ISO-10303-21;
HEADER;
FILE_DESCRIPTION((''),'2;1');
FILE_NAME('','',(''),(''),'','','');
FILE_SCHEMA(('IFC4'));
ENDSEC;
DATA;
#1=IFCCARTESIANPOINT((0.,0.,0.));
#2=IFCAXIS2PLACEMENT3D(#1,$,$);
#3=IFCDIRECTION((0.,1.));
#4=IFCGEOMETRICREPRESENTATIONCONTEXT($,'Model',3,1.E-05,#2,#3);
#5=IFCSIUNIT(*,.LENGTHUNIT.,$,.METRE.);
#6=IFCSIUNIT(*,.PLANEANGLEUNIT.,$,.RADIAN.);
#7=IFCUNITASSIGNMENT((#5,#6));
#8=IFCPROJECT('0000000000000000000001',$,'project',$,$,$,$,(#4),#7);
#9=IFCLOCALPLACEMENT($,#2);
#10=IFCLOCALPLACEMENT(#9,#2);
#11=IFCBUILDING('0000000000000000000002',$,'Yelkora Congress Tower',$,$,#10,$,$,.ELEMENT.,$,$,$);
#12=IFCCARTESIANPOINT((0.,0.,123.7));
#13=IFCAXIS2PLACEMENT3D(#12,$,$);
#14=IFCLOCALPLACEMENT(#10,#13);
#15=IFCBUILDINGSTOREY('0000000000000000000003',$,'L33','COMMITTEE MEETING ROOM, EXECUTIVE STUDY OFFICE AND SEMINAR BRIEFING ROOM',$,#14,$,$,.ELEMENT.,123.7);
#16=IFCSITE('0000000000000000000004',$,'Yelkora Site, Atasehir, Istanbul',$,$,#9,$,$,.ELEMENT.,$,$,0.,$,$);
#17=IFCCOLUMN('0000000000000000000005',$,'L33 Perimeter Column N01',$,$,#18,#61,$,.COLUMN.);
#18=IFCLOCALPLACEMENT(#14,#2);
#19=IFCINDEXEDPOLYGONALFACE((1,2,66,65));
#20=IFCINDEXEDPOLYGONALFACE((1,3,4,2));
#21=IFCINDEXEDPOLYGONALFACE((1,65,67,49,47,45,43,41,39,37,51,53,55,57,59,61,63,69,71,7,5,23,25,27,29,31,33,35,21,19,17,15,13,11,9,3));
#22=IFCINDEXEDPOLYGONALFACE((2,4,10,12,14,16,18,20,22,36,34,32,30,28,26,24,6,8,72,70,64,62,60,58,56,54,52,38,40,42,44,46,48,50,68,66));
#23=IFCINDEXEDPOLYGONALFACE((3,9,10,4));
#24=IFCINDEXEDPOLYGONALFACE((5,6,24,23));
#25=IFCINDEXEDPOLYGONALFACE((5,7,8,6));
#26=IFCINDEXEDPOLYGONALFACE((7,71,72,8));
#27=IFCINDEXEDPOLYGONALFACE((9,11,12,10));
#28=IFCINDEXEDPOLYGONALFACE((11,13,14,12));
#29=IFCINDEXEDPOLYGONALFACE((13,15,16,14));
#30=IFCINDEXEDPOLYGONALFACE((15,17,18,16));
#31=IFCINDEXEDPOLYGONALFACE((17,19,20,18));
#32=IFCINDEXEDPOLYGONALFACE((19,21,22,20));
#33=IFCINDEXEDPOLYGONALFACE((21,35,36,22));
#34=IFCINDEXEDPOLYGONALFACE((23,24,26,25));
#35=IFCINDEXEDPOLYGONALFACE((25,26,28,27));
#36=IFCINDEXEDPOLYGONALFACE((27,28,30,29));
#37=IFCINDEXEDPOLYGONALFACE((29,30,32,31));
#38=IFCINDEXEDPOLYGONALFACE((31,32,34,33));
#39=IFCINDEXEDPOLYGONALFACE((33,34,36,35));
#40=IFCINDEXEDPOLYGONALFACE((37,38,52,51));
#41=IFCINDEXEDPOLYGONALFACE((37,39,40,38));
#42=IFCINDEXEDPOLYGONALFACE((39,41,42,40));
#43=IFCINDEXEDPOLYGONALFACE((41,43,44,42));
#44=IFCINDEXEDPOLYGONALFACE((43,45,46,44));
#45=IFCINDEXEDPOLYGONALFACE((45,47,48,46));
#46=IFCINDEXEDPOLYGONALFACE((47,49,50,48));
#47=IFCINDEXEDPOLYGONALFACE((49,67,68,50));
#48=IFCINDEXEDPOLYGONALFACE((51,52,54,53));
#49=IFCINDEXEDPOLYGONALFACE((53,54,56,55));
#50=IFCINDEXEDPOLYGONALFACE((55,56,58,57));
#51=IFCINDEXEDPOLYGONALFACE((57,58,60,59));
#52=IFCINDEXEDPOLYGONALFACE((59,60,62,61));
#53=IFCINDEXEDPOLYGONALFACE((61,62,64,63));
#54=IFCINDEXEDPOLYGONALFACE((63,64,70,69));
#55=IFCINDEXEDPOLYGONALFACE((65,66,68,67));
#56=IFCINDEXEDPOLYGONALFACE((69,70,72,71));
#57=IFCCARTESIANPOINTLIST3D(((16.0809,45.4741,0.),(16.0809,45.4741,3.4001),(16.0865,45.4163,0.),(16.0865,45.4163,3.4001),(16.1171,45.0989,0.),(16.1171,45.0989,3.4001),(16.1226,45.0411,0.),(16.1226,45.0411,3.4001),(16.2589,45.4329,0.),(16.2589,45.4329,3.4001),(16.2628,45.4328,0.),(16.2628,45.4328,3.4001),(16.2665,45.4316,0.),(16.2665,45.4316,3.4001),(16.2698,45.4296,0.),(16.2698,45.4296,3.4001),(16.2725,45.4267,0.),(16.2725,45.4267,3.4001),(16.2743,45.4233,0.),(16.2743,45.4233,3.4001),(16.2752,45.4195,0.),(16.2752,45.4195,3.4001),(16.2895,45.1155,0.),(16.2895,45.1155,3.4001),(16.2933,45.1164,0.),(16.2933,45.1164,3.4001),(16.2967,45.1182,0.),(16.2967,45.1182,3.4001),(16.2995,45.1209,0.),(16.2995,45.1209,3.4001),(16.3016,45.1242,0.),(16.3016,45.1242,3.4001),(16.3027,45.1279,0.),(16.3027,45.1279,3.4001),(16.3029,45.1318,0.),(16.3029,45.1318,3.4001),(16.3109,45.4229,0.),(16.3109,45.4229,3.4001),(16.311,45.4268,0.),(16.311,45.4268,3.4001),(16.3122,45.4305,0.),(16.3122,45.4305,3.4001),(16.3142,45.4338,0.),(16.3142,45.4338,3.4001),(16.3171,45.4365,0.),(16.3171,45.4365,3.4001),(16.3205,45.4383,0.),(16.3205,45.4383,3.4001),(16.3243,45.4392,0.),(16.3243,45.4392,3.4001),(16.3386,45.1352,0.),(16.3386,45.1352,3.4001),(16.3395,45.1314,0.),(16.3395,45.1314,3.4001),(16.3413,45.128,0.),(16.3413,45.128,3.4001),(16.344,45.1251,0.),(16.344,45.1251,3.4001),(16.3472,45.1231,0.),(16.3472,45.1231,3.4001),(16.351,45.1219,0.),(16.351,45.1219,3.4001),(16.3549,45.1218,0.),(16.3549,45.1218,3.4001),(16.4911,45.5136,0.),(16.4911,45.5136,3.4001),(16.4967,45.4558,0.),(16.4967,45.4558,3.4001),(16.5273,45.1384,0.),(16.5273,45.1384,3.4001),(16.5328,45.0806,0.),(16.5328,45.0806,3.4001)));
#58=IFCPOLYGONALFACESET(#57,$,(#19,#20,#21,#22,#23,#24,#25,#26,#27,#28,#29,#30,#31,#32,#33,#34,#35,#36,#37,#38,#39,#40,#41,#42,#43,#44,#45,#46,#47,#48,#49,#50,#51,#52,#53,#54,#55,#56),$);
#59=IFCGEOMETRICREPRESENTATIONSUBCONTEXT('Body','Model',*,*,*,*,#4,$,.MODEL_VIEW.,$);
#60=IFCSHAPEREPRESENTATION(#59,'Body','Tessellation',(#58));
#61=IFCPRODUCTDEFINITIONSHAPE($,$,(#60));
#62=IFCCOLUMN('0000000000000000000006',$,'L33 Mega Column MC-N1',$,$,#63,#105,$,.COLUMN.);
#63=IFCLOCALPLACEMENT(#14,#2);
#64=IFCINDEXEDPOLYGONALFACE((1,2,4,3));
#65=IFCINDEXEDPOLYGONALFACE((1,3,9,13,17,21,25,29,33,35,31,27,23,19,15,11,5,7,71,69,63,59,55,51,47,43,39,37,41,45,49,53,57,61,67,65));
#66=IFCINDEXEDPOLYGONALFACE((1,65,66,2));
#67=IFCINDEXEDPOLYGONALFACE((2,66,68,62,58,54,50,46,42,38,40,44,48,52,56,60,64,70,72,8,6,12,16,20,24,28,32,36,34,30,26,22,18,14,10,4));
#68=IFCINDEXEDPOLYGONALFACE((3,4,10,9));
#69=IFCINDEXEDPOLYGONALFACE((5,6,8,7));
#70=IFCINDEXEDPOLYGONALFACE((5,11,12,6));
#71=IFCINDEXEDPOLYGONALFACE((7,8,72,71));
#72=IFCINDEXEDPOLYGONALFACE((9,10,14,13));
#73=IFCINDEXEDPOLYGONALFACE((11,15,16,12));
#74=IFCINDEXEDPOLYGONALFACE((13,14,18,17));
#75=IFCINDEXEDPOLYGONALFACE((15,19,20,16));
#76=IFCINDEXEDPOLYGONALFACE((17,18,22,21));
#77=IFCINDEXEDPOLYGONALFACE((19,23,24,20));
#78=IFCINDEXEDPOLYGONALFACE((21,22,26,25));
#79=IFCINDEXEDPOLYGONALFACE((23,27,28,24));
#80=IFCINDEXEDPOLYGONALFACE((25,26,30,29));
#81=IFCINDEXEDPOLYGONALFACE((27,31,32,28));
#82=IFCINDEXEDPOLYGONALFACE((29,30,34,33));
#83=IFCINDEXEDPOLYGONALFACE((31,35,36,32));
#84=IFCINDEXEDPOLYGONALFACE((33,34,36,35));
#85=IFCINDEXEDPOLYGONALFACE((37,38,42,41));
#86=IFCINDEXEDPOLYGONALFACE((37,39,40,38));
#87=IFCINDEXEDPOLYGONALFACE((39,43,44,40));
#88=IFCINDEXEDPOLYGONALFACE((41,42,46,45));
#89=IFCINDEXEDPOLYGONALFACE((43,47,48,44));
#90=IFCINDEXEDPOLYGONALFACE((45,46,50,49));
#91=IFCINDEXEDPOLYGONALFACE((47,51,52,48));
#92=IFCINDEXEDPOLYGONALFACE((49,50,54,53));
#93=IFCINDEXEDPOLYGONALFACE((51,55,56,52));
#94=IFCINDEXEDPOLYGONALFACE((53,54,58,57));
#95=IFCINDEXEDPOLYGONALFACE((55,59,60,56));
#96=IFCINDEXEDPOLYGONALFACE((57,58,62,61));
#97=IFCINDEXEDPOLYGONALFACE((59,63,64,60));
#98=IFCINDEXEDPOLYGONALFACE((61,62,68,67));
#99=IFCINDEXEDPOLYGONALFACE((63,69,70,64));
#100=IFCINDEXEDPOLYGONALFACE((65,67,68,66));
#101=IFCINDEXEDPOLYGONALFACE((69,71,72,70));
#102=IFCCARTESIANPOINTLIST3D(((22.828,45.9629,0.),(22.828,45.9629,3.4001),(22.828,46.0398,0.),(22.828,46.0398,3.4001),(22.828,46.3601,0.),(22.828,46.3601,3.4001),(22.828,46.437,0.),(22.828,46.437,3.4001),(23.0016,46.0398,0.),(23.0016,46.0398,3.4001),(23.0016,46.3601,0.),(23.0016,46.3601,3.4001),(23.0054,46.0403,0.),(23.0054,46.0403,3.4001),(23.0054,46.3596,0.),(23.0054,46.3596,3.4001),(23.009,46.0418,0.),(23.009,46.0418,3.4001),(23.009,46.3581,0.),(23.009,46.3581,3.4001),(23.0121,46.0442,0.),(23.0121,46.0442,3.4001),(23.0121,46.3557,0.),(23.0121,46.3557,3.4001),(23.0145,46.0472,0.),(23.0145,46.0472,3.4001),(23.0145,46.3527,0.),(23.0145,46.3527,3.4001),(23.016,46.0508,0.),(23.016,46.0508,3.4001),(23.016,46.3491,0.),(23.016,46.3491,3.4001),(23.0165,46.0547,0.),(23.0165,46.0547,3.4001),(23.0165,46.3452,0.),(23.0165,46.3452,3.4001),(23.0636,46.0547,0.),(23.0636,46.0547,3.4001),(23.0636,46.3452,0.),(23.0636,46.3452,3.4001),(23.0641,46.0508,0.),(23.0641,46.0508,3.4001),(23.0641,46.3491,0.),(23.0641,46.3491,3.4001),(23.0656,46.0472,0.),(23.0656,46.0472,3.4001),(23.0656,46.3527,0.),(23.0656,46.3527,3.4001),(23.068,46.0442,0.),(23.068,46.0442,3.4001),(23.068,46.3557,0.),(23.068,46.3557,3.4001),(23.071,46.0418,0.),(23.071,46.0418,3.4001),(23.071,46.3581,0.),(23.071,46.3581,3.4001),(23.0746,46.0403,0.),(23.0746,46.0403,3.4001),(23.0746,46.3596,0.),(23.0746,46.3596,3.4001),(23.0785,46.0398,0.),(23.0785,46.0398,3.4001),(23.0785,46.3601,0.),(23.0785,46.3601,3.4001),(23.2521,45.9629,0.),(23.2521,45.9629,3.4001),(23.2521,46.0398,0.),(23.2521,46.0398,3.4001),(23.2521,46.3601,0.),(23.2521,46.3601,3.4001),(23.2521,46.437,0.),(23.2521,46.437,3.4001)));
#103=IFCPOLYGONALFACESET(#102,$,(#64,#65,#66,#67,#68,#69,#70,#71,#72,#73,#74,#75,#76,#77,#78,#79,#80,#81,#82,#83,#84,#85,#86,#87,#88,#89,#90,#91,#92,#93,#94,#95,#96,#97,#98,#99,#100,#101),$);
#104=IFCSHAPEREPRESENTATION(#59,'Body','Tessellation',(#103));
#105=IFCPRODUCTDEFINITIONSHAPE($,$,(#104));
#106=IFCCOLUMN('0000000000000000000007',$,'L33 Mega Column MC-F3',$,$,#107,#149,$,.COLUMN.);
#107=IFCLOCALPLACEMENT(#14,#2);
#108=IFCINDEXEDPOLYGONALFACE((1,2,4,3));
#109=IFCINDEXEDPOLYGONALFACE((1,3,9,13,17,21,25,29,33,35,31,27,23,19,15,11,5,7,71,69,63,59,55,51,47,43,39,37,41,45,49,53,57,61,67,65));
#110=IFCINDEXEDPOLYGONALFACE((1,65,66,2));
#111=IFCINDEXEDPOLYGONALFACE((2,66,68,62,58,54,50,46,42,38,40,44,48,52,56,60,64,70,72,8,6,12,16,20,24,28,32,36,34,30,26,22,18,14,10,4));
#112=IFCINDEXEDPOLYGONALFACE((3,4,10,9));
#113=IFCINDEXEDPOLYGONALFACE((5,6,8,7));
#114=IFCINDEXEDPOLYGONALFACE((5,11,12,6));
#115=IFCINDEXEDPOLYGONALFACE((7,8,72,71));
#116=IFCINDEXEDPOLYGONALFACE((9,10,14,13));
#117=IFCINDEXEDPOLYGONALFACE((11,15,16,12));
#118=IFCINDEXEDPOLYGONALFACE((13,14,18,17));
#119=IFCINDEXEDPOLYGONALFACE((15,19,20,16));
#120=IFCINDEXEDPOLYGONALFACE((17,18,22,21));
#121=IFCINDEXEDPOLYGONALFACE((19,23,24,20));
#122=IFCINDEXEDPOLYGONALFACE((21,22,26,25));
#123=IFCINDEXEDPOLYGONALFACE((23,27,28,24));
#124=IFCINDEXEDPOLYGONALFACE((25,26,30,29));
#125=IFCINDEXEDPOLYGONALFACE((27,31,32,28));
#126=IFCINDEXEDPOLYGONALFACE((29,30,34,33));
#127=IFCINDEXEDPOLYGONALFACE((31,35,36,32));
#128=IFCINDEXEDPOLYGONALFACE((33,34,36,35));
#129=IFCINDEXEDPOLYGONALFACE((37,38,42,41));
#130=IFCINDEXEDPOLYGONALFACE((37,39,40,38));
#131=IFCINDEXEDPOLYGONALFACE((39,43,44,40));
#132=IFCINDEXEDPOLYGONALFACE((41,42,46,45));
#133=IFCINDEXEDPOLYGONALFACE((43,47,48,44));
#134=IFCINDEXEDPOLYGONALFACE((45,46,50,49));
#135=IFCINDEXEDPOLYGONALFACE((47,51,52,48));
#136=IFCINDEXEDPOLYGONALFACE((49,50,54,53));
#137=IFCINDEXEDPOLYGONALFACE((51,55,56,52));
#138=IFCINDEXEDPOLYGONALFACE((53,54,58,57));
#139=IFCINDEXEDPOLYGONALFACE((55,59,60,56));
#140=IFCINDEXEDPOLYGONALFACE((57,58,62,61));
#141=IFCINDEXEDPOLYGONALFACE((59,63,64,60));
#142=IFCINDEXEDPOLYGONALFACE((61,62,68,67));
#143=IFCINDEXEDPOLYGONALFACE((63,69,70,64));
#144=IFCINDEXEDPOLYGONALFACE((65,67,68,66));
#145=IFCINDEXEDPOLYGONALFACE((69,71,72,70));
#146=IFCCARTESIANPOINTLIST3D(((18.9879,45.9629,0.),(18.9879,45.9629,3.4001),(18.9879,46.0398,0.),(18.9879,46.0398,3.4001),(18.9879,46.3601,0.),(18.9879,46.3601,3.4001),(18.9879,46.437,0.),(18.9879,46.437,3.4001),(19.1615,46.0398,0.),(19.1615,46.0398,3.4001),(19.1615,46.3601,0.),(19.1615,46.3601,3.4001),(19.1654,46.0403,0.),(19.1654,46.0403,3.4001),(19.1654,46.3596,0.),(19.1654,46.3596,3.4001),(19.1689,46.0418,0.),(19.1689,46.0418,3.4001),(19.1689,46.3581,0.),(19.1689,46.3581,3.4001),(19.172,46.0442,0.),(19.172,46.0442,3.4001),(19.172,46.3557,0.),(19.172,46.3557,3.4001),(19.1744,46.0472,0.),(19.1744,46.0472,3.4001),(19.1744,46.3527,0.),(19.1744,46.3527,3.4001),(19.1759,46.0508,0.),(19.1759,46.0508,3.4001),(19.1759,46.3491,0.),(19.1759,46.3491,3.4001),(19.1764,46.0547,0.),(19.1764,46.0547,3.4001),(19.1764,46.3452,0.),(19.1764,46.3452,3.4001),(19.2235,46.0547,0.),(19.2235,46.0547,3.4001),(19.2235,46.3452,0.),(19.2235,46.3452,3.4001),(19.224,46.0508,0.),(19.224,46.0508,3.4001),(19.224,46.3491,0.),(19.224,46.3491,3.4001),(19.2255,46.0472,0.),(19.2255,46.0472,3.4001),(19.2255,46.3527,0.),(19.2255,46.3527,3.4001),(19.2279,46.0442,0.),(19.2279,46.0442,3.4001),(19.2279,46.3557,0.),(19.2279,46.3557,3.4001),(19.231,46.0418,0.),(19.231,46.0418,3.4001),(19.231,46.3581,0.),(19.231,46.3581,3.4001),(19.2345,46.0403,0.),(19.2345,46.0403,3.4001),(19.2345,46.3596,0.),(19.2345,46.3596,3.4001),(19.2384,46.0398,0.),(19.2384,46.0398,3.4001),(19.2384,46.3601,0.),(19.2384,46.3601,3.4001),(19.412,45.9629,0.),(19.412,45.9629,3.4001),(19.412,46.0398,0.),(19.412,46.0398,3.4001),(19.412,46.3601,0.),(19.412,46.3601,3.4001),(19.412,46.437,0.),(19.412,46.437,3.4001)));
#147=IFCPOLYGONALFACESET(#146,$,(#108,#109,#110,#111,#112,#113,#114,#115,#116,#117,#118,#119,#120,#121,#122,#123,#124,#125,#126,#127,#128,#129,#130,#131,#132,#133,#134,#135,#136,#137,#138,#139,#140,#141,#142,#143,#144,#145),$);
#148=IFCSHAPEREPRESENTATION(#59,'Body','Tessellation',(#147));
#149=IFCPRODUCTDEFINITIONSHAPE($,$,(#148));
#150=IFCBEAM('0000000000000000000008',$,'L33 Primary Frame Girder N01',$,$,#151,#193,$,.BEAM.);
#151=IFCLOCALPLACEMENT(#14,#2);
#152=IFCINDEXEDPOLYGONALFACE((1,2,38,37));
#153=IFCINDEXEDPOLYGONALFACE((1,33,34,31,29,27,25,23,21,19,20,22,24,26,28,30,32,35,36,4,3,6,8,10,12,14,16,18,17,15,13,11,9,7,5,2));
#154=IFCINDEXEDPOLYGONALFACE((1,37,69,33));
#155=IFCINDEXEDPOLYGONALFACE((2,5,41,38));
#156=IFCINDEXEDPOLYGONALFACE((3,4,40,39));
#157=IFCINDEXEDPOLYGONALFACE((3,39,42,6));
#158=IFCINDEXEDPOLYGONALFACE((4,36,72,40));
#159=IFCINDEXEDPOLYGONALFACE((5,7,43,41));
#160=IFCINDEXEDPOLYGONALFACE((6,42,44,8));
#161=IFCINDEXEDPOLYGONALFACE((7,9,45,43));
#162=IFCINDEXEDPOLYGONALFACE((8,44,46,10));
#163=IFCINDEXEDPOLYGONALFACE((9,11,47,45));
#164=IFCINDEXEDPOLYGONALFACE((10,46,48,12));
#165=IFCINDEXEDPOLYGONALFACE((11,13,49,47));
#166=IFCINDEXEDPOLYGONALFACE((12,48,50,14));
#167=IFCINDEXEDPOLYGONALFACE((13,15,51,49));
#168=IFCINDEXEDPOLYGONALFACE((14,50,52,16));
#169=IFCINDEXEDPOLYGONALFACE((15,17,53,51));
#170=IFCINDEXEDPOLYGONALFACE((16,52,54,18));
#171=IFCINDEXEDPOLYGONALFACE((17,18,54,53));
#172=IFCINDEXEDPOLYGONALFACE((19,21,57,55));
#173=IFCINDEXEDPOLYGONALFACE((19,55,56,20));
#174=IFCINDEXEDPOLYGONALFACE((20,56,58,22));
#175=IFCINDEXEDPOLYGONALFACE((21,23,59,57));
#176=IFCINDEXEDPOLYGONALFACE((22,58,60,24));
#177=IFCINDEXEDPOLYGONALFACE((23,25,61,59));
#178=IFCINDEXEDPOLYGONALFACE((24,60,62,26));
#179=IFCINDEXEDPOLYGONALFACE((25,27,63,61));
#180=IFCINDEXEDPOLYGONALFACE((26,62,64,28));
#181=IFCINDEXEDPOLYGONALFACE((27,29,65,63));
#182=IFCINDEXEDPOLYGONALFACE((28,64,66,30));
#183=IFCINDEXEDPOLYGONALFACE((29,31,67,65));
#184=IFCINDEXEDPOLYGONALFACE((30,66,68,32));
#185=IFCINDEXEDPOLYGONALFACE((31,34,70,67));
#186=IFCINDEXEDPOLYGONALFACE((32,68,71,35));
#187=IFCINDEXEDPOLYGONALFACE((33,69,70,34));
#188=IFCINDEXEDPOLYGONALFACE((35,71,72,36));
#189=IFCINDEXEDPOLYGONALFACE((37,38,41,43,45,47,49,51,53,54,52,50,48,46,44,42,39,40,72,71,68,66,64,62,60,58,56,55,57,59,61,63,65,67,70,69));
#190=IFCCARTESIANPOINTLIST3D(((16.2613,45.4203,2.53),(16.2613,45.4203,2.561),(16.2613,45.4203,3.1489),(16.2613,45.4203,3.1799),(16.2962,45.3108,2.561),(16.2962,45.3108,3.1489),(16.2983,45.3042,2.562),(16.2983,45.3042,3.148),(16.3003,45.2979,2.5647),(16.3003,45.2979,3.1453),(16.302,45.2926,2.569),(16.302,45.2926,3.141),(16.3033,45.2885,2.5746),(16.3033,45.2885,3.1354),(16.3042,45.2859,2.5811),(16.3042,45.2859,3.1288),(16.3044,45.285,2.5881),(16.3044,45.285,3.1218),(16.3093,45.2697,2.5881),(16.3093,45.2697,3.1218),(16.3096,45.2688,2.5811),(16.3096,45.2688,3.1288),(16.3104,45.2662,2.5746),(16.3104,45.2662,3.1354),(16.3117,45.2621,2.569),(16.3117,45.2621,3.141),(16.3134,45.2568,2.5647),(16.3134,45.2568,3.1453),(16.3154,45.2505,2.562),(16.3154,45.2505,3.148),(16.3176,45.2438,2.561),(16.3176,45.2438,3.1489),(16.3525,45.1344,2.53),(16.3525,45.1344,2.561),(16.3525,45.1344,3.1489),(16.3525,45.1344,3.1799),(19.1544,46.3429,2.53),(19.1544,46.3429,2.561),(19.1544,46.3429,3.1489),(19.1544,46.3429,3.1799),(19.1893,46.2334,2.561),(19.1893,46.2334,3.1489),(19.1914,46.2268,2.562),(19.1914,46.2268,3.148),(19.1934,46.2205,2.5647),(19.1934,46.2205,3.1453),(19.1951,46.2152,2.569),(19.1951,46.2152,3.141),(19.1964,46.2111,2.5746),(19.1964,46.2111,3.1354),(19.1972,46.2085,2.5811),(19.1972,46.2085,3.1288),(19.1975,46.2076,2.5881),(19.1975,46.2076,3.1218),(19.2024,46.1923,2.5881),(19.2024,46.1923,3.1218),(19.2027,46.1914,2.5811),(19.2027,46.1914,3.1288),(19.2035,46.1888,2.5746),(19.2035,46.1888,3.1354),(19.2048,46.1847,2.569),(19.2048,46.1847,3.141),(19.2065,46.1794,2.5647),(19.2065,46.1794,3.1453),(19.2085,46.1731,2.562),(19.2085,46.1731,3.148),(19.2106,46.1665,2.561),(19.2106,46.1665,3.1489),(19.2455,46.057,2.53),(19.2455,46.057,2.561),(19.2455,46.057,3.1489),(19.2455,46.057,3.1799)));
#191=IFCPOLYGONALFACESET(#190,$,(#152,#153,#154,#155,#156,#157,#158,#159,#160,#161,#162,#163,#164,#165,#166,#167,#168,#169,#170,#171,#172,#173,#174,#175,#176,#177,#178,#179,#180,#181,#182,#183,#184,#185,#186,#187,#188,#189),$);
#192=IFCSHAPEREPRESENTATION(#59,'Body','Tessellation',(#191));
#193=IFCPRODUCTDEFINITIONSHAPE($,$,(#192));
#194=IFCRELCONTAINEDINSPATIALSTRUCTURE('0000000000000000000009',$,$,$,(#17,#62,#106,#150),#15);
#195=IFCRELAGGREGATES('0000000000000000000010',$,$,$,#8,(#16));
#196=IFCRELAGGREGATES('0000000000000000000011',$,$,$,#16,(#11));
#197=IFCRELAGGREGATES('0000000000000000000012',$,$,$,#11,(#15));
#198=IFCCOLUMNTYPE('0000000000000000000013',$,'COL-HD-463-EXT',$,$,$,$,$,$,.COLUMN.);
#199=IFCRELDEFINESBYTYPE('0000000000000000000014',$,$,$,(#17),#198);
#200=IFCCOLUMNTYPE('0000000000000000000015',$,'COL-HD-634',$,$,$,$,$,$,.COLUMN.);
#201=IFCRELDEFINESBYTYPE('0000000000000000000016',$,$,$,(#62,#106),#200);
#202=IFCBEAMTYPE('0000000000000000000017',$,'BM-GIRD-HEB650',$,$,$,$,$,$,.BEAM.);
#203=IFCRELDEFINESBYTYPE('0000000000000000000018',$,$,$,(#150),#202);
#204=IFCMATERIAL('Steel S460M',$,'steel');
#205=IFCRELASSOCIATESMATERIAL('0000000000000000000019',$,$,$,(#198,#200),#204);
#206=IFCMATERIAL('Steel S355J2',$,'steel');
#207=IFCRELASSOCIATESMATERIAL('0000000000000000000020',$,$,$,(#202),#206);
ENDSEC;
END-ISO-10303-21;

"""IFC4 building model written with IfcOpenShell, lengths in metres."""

from ifc_helpers import new_model, si_unit, direction, frame, origin, origin_2d, place, context, subcontext, project, spatial, i_section, extrude, material, material_profile, profile_set, type_object, element, save


model = new_model("IFC4")

# Units and contexts
model_context = context("Model", 3, precision=1e-05, world=origin(), true_north=direction((0.0, 1.0)))
body_context = subcontext(model_context, "Body", "Model", "MODEL_VIEW")
ifc_project = project(units=[si_unit("LENGTHUNIT", "METRE"), si_unit("PLANEANGLEUNIT", "RADIAN")], contexts=[model_context])

# Site, building, storey
site_placement = place(None, origin())
site = spatial("IfcSite", under=ifc_project, at=site_placement, Name="Yelkora Site, Atasehir, Istanbul", CompositionType="ELEMENT", RefElevation=0.0)
building_placement = place(site_placement, origin())
building = spatial("IfcBuilding", under=site, at=building_placement, Name="Yelkora Congress Tower", CompositionType="ELEMENT")
storey_placement = place(building_placement, frame((0.0, 0.0, 123.7)))
storey = spatial("IfcBuildingStorey", under=building, at=storey_placement, Name="L33", Description="COMMITTEE MEETING ROOM, EXECUTIVE STUDY OFFICE AND SEMINAR BRIEFING ROOM", CompositionType="ELEMENT", Elevation=123.7)

# Columns
ifc_material_1 = material(Name="Steel S460M", Category="steel")
ifc_material_profile_1 = material_profile(ifc_material_1, i_section(OverallWidth=0.4121, OverallDepth=0.4351, WebThickness=0.0359, FlangeThickness=0.0581, FilletRadius=0.0149, at=origin_2d()), Name="HD 400x463")
ifc_profile_set_1 = profile_set([ifc_material_profile_1], Name="Steel S460M")
column_type_1 = type_object("IfcColumnType", Name="COL-HD-463-EXT", PredefinedType="COLUMN", material=ifc_profile_set_1)
column_placement = place(storey_placement, frame((16.3069, 45.2773, 0.0), z_axis=(0.0, 0.0, 1.0), x_axis=(0.995396, 0.095846, 0.0)))
element("IfcColumn", 1, at=column_placement, inside=storey, type_object=column_type_1, Name="L33 Perimeter Column N01", PredefinedType="COLUMN", context=body_context, shape_type="SweptSolid", body=[
    extrude(i_section(OverallWidth=0.4121, OverallDepth=0.4351, WebThickness=0.0359, FlangeThickness=0.0581, FilletRadius=0.0149, at=origin_2d()), origin(), (0.0, 0.0, 1.0), 3.4001),
])
ifc_material_profile_2 = material_profile(ifc_material_1, i_section(OverallWidth=0.4241, OverallDepth=0.4741, WebThickness=0.0471, FlangeThickness=0.0769, FilletRadius=0.0149, at=origin_2d()), Name="HD 400x634")
ifc_profile_set_2 = profile_set([ifc_material_profile_2], Name="Steel S460M")
column_type_2 = type_object("IfcColumnType", Name="COL-HD-634", PredefinedType="COLUMN", material=ifc_profile_set_2)
for number, where, z_axis, x_axis, name in (
    (2, (23.04, 46.2, 0.0), (0.0, 0.0, 1.0), (1.0, 0.0, 0.0), "L33 Mega Column MC-N1"),
    (3, (19.2, 46.2, 0.0), (0.0, 0.0, 1.0), (1.0, 0.0, 0.0), "L33 Mega Column MC-F3"),
):
    element("IfcColumn", number, at=place(storey_placement, frame(where, z_axis=z_axis, x_axis=x_axis)), inside=storey, type_object=column_type_2, Name=name, PredefinedType="COLUMN", context=body_context, shape_type="SweptSolid", body=[
        extrude(i_section(OverallWidth=0.4241, OverallDepth=0.4741, WebThickness=0.0471, FlangeThickness=0.0769, FilletRadius=0.0149, at=origin_2d()), origin(), (0.0, 0.0, 1.0), 3.4001),
    ])

# Beam
ifc_material_2 = material(Name="Steel S355J2", Category="steel")
ifc_material_profile_3 = material_profile(ifc_material_2, i_section(OverallWidth=0.3, OverallDepth=0.6499, WebThickness=0.0161, FlangeThickness=0.031, FilletRadius=0.0271, at=origin_2d()), Name="HEB 650")
ifc_profile_set_3 = profile_set([ifc_material_profile_3], Name="Steel S355J2")
beam_type_1 = type_object("IfcBeamType", Name="BM-GIRD-HEB650", PredefinedType="BEAM", material=ifc_profile_set_3)
beam_1_placement = place(storey_placement, frame((16.3069, 45.2773, 2.855), z_axis=(0.952727, 0.303827, 0.0), x_axis=(-0.303827, 0.952727, 0.0)))
element("IfcBeam", 4, at=beam_1_placement, inside=storey, type_object=beam_type_1, Name="L33 Primary Frame Girder N01", PredefinedType="BEAM", context=body_context, shape_type="SweptSolid", body=[
    extrude(i_section(OverallWidth=0.3, OverallDepth=0.6499, WebThickness=0.0161, FlangeThickness=0.031, FilletRadius=0.0271, at=origin_2d()), origin(), (0.0, 0.0, 1.0), 3.0366),
])

save(model, "model.ifc")
